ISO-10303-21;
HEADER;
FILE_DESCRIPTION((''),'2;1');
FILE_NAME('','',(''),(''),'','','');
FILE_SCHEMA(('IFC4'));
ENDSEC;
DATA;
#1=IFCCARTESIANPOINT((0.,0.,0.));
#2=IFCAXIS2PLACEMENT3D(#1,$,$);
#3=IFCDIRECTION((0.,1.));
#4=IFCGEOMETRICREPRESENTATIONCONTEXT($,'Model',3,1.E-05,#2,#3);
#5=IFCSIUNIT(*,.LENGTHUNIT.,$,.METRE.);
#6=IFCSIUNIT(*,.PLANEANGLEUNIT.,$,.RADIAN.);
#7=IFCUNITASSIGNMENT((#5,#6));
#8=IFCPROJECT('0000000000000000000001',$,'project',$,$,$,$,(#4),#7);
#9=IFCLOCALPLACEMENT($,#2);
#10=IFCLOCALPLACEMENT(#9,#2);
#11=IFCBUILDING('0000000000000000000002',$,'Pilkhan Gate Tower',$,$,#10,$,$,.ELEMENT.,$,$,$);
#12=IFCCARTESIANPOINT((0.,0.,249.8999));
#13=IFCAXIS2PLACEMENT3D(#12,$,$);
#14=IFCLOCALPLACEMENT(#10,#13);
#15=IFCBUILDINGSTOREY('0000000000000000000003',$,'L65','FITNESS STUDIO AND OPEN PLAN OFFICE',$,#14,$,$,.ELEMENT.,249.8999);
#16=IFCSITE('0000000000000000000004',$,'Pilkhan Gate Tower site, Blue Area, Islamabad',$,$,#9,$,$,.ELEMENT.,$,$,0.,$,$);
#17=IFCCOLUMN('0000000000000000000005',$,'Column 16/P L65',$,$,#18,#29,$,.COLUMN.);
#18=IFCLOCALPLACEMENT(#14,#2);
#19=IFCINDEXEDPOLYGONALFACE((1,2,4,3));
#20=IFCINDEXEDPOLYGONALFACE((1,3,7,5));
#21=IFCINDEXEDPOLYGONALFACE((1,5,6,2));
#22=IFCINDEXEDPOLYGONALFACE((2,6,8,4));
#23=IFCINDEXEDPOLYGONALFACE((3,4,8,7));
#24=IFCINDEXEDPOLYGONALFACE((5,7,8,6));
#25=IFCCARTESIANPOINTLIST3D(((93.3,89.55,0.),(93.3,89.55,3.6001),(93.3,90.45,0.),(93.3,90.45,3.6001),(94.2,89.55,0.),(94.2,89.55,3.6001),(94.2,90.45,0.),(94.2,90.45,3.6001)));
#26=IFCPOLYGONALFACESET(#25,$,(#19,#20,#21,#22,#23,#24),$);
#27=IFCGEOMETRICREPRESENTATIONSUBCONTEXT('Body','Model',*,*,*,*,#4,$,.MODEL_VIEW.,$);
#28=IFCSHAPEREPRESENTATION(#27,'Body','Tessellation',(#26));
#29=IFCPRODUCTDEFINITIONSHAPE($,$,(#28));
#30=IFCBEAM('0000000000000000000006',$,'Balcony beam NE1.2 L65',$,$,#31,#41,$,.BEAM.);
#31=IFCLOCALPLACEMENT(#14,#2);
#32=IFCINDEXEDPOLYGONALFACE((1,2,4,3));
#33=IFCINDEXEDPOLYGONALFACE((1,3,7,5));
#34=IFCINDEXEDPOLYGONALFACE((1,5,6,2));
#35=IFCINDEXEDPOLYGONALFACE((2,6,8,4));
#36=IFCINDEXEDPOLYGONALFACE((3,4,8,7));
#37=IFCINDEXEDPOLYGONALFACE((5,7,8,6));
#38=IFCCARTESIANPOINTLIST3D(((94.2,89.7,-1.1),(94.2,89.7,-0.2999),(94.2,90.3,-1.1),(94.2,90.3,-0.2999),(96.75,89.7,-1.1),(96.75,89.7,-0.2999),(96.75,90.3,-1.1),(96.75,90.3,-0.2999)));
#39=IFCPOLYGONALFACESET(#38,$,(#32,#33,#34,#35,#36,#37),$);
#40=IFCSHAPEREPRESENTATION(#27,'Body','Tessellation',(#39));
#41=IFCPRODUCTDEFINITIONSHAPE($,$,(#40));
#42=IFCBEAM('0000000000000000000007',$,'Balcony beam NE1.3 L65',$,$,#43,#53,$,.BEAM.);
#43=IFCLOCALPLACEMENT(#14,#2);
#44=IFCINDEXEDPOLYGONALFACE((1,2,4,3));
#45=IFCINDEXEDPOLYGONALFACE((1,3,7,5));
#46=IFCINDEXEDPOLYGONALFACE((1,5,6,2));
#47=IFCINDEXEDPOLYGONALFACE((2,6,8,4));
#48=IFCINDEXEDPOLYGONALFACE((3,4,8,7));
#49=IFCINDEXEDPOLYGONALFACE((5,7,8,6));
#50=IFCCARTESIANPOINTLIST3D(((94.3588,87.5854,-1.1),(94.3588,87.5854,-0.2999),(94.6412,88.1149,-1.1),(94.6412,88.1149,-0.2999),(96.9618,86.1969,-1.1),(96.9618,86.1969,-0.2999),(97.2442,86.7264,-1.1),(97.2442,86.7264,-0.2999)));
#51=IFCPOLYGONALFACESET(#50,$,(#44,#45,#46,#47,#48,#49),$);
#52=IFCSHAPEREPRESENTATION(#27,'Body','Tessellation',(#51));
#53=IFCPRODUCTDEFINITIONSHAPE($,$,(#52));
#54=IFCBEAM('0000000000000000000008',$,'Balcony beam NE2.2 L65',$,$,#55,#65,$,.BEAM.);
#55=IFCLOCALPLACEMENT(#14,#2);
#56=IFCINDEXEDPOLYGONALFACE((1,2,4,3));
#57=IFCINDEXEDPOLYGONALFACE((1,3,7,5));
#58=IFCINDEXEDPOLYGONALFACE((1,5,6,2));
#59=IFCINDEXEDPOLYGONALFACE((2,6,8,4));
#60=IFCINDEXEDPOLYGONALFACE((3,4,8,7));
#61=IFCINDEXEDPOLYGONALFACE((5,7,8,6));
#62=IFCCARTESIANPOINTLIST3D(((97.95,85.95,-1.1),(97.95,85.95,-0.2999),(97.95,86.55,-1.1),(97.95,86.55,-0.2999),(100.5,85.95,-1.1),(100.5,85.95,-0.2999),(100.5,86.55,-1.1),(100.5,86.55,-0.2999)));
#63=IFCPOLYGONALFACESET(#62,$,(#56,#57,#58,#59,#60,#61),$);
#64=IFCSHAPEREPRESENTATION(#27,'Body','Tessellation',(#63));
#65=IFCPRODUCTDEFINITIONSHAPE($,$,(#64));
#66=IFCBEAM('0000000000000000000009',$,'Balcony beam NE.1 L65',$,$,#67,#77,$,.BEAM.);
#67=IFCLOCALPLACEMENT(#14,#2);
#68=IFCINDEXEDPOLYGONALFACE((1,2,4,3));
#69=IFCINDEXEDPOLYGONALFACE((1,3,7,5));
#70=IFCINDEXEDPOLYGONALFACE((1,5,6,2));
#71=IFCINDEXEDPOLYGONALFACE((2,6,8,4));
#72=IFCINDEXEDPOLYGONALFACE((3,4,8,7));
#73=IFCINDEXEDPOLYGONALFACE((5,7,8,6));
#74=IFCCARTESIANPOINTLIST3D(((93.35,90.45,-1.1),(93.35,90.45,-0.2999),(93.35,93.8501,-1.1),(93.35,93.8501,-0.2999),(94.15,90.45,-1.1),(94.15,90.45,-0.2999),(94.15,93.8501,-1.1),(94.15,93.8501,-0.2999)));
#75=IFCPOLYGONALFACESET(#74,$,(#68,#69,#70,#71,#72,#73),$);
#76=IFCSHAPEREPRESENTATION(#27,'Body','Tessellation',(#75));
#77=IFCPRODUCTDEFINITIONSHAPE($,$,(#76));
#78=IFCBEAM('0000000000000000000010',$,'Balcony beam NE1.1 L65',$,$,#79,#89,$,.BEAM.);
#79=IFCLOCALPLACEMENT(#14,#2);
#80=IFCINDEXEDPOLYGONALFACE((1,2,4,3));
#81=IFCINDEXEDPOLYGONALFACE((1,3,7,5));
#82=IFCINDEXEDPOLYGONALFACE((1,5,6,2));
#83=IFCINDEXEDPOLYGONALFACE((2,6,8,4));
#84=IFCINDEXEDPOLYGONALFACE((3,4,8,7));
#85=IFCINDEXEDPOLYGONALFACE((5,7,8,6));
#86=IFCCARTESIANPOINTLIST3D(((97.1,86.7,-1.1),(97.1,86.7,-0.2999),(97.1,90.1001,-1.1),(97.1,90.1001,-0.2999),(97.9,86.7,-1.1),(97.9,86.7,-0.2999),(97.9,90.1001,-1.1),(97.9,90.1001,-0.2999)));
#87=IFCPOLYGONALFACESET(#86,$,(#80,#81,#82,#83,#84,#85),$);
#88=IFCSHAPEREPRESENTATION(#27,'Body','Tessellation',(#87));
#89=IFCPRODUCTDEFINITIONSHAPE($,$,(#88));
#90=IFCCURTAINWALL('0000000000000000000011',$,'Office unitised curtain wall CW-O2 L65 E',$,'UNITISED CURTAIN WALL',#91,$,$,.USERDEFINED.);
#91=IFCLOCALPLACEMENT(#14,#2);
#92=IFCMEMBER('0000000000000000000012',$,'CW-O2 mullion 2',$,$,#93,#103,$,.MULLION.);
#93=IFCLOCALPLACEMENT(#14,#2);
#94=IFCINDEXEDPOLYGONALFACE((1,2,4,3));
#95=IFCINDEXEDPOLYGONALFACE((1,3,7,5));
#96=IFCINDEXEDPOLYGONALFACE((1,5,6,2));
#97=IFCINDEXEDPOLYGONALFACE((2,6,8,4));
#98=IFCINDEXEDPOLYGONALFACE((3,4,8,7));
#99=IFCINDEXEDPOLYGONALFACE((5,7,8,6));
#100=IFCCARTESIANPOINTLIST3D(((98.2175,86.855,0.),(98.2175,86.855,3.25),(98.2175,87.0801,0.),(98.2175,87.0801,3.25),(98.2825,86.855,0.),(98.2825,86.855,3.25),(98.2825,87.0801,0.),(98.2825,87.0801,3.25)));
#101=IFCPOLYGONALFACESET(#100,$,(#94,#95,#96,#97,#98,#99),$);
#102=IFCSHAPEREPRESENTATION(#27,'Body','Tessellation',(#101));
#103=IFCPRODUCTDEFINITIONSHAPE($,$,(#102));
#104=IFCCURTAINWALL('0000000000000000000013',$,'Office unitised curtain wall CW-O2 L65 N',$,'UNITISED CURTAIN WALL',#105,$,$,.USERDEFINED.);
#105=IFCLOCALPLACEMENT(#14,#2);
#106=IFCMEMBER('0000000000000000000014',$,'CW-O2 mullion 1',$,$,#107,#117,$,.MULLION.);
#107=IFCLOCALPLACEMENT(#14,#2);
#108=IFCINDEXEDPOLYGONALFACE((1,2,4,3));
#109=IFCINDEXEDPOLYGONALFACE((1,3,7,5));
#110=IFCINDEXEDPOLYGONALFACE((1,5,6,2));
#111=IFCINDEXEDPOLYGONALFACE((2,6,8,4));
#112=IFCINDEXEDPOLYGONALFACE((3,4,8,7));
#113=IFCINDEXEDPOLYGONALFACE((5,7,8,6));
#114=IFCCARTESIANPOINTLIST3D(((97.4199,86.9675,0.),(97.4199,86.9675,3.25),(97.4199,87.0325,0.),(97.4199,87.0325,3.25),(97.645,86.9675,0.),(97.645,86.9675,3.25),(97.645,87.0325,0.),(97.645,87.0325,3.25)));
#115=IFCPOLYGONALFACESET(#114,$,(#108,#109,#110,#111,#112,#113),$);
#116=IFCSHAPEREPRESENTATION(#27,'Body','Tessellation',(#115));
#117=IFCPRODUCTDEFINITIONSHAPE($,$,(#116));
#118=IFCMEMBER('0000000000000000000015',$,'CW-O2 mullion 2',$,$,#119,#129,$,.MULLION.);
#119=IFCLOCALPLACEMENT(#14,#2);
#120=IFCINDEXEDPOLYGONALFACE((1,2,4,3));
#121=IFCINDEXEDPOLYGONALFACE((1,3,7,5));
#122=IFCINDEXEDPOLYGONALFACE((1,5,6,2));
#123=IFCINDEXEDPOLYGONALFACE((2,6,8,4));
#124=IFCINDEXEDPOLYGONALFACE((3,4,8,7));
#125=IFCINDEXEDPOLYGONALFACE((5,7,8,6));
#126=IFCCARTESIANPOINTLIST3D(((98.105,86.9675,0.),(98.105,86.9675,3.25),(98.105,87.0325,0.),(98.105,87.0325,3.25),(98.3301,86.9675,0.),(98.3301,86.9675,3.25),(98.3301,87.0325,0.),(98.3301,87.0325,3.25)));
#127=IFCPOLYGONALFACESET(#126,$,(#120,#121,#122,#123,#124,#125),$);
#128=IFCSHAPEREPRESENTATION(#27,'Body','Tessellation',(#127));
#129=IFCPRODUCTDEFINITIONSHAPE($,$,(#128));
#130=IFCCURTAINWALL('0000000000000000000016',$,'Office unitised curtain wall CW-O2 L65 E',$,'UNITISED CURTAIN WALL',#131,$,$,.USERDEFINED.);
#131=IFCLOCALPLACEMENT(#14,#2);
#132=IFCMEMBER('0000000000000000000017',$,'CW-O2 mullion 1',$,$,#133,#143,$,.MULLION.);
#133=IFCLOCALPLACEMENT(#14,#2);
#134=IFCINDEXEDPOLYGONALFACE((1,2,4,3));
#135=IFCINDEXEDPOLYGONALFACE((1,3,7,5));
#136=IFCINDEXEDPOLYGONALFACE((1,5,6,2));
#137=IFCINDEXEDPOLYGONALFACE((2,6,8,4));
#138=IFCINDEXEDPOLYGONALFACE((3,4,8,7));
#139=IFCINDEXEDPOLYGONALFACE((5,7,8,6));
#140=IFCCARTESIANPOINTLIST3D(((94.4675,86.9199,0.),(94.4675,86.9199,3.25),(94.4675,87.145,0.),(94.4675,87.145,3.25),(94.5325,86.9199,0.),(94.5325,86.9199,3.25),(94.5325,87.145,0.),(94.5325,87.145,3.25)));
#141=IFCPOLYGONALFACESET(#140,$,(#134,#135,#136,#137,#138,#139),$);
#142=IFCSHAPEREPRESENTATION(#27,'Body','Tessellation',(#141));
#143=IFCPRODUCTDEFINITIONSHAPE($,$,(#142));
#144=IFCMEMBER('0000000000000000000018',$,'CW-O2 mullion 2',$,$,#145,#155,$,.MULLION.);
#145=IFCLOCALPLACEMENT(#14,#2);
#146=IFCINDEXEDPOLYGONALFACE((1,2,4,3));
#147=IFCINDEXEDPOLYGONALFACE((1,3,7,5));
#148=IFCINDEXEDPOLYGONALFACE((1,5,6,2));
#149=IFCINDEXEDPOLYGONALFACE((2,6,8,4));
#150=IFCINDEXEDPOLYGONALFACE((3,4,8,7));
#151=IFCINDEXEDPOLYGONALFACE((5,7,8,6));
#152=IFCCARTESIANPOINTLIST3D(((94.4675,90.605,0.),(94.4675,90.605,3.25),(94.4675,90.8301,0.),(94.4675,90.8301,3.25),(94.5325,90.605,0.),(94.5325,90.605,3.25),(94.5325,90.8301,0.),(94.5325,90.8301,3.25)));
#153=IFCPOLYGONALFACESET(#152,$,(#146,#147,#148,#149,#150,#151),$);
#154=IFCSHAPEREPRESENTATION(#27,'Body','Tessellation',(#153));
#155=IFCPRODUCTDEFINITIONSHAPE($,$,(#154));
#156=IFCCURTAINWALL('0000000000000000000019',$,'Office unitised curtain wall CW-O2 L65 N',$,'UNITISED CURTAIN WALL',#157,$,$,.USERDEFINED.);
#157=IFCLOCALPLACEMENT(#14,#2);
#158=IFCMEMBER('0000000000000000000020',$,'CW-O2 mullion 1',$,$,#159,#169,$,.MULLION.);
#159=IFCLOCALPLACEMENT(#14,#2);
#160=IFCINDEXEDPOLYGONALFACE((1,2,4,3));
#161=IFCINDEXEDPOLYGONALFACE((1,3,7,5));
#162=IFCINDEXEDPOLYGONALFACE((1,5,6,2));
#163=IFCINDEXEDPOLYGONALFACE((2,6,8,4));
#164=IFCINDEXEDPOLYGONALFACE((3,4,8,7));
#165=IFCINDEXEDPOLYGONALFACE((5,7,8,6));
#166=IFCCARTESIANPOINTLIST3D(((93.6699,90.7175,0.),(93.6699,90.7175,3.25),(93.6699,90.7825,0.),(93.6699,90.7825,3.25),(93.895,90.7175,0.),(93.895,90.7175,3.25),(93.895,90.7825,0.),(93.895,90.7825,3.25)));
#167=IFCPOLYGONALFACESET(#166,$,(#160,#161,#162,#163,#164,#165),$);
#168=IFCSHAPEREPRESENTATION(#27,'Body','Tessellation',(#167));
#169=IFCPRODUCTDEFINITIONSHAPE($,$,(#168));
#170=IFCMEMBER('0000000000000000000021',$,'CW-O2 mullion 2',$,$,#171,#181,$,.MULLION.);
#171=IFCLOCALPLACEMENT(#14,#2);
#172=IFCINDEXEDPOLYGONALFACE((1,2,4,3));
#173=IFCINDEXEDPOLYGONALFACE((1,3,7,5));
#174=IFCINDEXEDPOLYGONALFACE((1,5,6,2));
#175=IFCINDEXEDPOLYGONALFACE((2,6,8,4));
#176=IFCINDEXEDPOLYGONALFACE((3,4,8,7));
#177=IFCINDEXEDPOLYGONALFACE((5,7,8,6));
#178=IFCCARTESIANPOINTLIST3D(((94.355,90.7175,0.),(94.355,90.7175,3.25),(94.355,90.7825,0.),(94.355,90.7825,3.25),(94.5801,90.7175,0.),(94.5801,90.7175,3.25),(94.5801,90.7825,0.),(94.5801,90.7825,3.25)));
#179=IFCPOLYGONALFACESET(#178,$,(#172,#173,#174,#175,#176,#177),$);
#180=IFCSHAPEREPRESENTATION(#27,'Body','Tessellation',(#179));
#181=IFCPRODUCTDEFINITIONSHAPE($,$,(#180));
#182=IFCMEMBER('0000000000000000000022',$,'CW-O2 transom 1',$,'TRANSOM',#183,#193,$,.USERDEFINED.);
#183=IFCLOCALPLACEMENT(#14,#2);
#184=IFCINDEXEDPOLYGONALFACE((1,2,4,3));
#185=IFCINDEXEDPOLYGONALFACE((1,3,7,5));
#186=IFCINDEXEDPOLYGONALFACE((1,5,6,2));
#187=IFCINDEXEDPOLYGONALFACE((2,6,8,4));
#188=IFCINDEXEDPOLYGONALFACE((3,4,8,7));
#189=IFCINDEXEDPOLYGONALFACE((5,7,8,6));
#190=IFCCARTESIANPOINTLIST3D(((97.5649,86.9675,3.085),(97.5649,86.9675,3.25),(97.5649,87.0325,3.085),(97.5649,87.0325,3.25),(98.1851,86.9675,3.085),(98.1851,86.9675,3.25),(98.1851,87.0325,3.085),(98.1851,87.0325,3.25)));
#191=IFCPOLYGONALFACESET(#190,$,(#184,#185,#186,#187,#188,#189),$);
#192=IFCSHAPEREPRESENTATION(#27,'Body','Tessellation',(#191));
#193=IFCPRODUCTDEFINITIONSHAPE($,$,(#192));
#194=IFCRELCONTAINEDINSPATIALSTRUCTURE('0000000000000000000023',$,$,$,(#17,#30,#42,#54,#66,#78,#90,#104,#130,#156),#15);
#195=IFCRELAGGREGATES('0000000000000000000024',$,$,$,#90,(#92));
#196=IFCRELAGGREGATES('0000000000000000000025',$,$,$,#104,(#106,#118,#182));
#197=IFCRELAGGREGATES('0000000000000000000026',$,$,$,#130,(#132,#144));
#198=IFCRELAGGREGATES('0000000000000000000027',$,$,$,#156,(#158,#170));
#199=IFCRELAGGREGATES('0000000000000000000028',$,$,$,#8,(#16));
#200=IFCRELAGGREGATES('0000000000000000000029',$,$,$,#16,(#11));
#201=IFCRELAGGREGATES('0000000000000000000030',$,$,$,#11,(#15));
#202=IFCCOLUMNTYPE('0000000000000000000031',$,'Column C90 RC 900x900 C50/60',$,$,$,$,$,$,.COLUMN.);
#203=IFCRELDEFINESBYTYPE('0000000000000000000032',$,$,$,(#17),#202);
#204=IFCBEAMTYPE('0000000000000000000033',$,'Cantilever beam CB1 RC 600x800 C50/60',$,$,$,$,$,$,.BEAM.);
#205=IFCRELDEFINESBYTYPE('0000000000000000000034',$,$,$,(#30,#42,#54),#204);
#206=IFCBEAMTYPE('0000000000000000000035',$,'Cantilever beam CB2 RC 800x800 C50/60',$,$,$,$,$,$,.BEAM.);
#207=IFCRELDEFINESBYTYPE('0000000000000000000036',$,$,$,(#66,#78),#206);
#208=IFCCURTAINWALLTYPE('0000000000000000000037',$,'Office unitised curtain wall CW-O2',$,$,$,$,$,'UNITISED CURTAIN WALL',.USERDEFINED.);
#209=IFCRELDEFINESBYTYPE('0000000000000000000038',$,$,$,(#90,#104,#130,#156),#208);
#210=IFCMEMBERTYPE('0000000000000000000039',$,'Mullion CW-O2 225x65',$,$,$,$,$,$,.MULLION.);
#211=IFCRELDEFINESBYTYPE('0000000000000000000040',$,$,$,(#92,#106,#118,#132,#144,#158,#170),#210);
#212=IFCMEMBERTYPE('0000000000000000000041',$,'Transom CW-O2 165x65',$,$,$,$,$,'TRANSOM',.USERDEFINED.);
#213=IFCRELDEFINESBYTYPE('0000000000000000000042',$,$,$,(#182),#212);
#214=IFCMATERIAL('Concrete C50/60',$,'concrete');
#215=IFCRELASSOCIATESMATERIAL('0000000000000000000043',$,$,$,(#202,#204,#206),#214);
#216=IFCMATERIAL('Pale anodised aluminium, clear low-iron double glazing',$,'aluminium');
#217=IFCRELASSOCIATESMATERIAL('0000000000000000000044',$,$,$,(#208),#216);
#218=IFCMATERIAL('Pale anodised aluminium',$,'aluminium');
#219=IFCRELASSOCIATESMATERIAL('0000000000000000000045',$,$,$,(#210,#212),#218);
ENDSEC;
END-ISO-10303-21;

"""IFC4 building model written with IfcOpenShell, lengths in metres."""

from ifc_helpers import new_model, si_unit, direction, frame, origin, origin_2d, place, context, subcontext, project, spatial, rectangle, extrude, material, material_profile, profile_set, type_object, element, aggregate, save


model = new_model("IFC4")

# Units and contexts
model_context = context("Model", 3, precision=1e-05, world=origin(), true_north=direction((0.0, 1.0)))
body_context = subcontext(model_context, "Body", "Model", "MODEL_VIEW")
ifc_project = project(units=[si_unit("LENGTHUNIT", "METRE"), si_unit("PLANEANGLEUNIT", "RADIAN")], contexts=[model_context])

# Site, building, storey
site_placement = place(None, origin())
site = spatial("IfcSite", under=ifc_project, at=site_placement, Name="Pilkhan Gate Tower site, Blue Area, Islamabad", CompositionType="ELEMENT", RefElevation=0.0)
building_placement = place(site_placement, origin())
building = spatial("IfcBuilding", under=site, at=building_placement, Name="Pilkhan Gate Tower", CompositionType="ELEMENT")
storey_placement = place(building_placement, frame((0.0, 0.0, 249.8999)))
storey = spatial("IfcBuildingStorey", under=building, at=storey_placement, Name="L65", Description="FITNESS STUDIO AND OPEN PLAN OFFICE", CompositionType="ELEMENT", Elevation=249.8999)

# Column
ifc_material_1 = material(Name="Concrete C50/60", Category="concrete")
ifc_material_profile_1 = material_profile(ifc_material_1, rectangle(XDim=0.8999, YDim=0.8999, at=origin_2d()), Name="RC 900x900")
ifc_profile_set_1 = profile_set([ifc_material_profile_1], Name="Concrete C50/60")
column_type = type_object("IfcColumnType", Name="Column C90 RC 900x900 C50/60", PredefinedType="COLUMN", material=ifc_profile_set_1)
column_placement = place(storey_placement, frame((93.75, 90.0, 0.0), z_axis=(0.0, 0.0, 1.0), x_axis=(1.0, 0.0, 0.0)))
element("IfcColumn", 1, at=column_placement, inside=storey, type_object=column_type, Name="Column 16/P L65", PredefinedType="COLUMN", context=body_context, shape_type="SweptSolid", body=[
    extrude(rectangle(XDim=0.8999, YDim=0.8999, at=origin_2d()), origin(), (0.0, 0.0, 1.0), 3.6001),
])

# Beams
ifc_material_profile_2 = material_profile(ifc_material_1, rectangle(XDim=0.6001, YDim=0.8, at=origin_2d()), Name="RC 600x800")
ifc_profile_set_2 = profile_set([ifc_material_profile_2], Name="Concrete C50/60")
beam_type_1 = type_object("IfcBeamType", Name="Cantilever beam CB1 RC 600x800 C50/60", PredefinedType="BEAM", material=ifc_profile_set_2)
beam_1_placement = place(storey_placement, frame((94.2, 90.0, -0.7), z_axis=(1.0, 0.0, 0.0), x_axis=(0.0, 1.0, 0.0)))
element("IfcBeam", 2, at=beam_1_placement, inside=storey, type_object=beam_type_1, Name="Balcony beam NE1.2 L65", PredefinedType="BEAM", context=body_context, shape_type="SweptSolid", body=[
    extrude(rectangle(XDim=0.6001, YDim=0.8, at=origin_2d()), origin(), (0.0, 0.0, 1.0), 2.55),
])
beam_2_placement = place(storey_placement, frame((97.103, 86.4617, -0.7), z_axis=(-0.882332, 0.470627, 0.0), x_axis=(-0.470627, -0.882332, 0.0)))
element("IfcBeam", 3, at=beam_2_placement, inside=storey, type_object=beam_type_1, Name="Balcony beam NE1.3 L65", PredefinedType="BEAM", context=body_context, shape_type="SweptSolid", body=[
    extrude(rectangle(XDim=0.6001, YDim=0.8, at=origin_2d()), origin(), (0.0, 0.0, 1.0), 2.9502),
])
beam_3_placement = place(storey_placement, frame((97.95, 86.25, -0.7), z_axis=(1.0, 0.0, 0.0), x_axis=(0.0, 1.0, 0.0)))
element("IfcBeam", 4, at=beam_3_placement, inside=storey, type_object=beam_type_1, Name="Balcony beam NE2.2 L65", PredefinedType="BEAM", context=body_context, shape_type="SweptSolid", body=[
    extrude(rectangle(XDim=0.6001, YDim=0.8, at=origin_2d()), origin(), (0.0, 0.0, 1.0), 2.55),
])
ifc_material_profile_3 = material_profile(ifc_material_1, rectangle(XDim=0.8, YDim=0.8, at=origin_2d()), Name="RC 800x800")
ifc_profile_set_3 = profile_set([ifc_material_profile_3], Name="Concrete C50/60")
beam_type_2 = type_object("IfcBeamType", Name="Cantilever beam CB2 RC 800x800 C50/60", PredefinedType="BEAM", material=ifc_profile_set_3)
for number, where, z_axis, x_axis, name in (
    (5, (93.75, 90.45, -0.7), (0.0, 1.0, 0.0), (-1.0, 0.0, 0.0), "Balcony beam NE.1 L65"),
    (6, (97.5, 86.7, -0.7), (0.0, 1.0, 0.0), (-1.0, 0.0, 0.0), "Balcony beam NE1.1 L65"),
):
    element("IfcBeam", number, at=place(storey_placement, frame(where, z_axis=z_axis, x_axis=x_axis)), inside=storey, type_object=beam_type_2, Name=name, PredefinedType="BEAM", context=body_context, shape_type="SweptSolid", body=[
        extrude(rectangle(XDim=0.8, YDim=0.8, at=origin_2d()), origin(), (0.0, 0.0, 1.0), 3.4001),
    ])

# Curtain wall, member
ifc_material_2 = material(Name="Pale anodised aluminium, clear low-iron double glazing", Category="aluminium")
curtain_wall_type = type_object("IfcCurtainWallType", Name="Office unitised curtain wall CW-O2", ElementType="UNITISED CURTAIN WALL", PredefinedType="USERDEFINED", material=ifc_material_2)
curtain_wall_1_placement = place(storey_placement, origin())
curtain_wall_1 = element("IfcCurtainWall", 7, at=curtain_wall_1_placement, inside=storey, type_object=curtain_wall_type, Name="Office unitised curtain wall CW-O2 L65 E", ObjectType="UNITISED CURTAIN WALL", PredefinedType="USERDEFINED")
ifc_material_3 = material(Name="Pale anodised aluminium", Category="aluminium")
ifc_material_profile_4 = material_profile(ifc_material_3, rectangle(XDim=0.0649, YDim=0.2251, at=origin_2d()), Name="Mullion 225x65")
ifc_profile_set_4 = profile_set([ifc_material_profile_4], Name="Pale anodised aluminium")
member_type_1 = type_object("IfcMemberType", Name="Mullion CW-O2 225x65", PredefinedType="MULLION", material=ifc_profile_set_4)
member_1_placement = place(storey_placement, frame((98.25, 86.9675, 0.0), z_axis=(0.0, 0.0, 1.0), x_axis=(-1.0, 0.0, 0.0)))
member_1 = element("IfcMember", 8, at=member_1_placement, type_object=member_type_1, Name="CW-O2 mullion 2", PredefinedType="MULLION", context=body_context, shape_type="SweptSolid", body=[
    extrude(rectangle(XDim=0.0649, YDim=0.2251, at=origin_2d()), origin(), (0.0, 0.0, 1.0), 3.25),
])
aggregate(curtain_wall_1, [member_1])

# Curtain walls, members
curtain_wall_2_placement = place(storey_placement, origin())
curtain_wall_2 = element("IfcCurtainWall", 9, at=curtain_wall_2_placement, inside=storey, type_object=curtain_wall_type, Name="Office unitised curtain wall CW-O2 L65 N", ObjectType="UNITISED CURTAIN WALL", PredefinedType="USERDEFINED")
member_2_placement = place(storey_placement, frame((97.5325, 87.0, 0.0), z_axis=(0.0, 0.0, 1.0), x_axis=(0.0, 1.0, 0.0)))
member_2 = element("IfcMember", 10, at=member_2_placement, type_object=member_type_1, Name="CW-O2 mullion 1", PredefinedType="MULLION", context=body_context, shape_type="SweptSolid", body=[
    extrude(rectangle(XDim=0.0649, YDim=0.2251, at=origin_2d()), origin(), (0.0, 0.0, 1.0), 3.25),
])
member_3_placement = place(storey_placement, frame((98.2175, 87.0, 0.0), z_axis=(0.0, 0.0, 1.0), x_axis=(0.0, 1.0, 0.0)))
member_3 = element("IfcMember", 11, at=member_3_placement, type_object=member_type_1, Name="CW-O2 mullion 2", PredefinedType="MULLION", context=body_context, shape_type="SweptSolid", body=[
    extrude(rectangle(XDim=0.0649, YDim=0.2251, at=origin_2d()), origin(), (0.0, 0.0, 1.0), 3.25),
])
curtain_wall_3_placement = place(storey_placement, origin())
curtain_wall_3 = element("IfcCurtainWall", 12, at=curtain_wall_3_placement, inside=storey, type_object=curtain_wall_type, Name="Office unitised curtain wall CW-O2 L65 E", ObjectType="UNITISED CURTAIN WALL", PredefinedType="USERDEFINED")
member_4_placement = place(storey_placement, frame((94.5, 87.0325, 0.0), z_axis=(0.0, 0.0, 1.0), x_axis=(-1.0, 0.0, 0.0)))
member_4 = element("IfcMember", 13, at=member_4_placement, type_object=member_type_1, Name="CW-O2 mullion 1", PredefinedType="MULLION", context=body_context, shape_type="SweptSolid", body=[
    extrude(rectangle(XDim=0.0649, YDim=0.2251, at=origin_2d()), origin(), (0.0, 0.0, 1.0), 3.25),
])
member_5_placement = place(storey_placement, frame((94.5, 90.7175, 0.0), z_axis=(0.0, 0.0, 1.0), x_axis=(-1.0, 0.0, 0.0)))
member_5 = element("IfcMember", 14, at=member_5_placement, type_object=member_type_1, Name="CW-O2 mullion 2", PredefinedType="MULLION", context=body_context, shape_type="SweptSolid", body=[
    extrude(rectangle(XDim=0.0649, YDim=0.2251, at=origin_2d()), origin(), (0.0, 0.0, 1.0), 3.25),
])
curtain_wall_4_placement = place(storey_placement, origin())
curtain_wall_4 = element("IfcCurtainWall", 15, at=curtain_wall_4_placement, inside=storey, type_object=curtain_wall_type, Name="Office unitised curtain wall CW-O2 L65 N", ObjectType="UNITISED CURTAIN WALL", PredefinedType="USERDEFINED")
member_6_placement = place(storey_placement, frame((93.7825, 90.75, 0.0), z_axis=(0.0, 0.0, 1.0), x_axis=(0.0, 1.0, 0.0)))
member_6 = element("IfcMember", 16, at=member_6_placement, type_object=member_type_1, Name="CW-O2 mullion 1", PredefinedType="MULLION", context=body_context, shape_type="SweptSolid", body=[
    extrude(rectangle(XDim=0.0649, YDim=0.2251, at=origin_2d()), origin(), (0.0, 0.0, 1.0), 3.25),
])
member_7_placement = place(storey_placement, frame((94.4675, 90.75, 0.0), z_axis=(0.0, 0.0, 1.0), x_axis=(0.0, 1.0, 0.0)))
member_7 = element("IfcMember", 17, at=member_7_placement, type_object=member_type_1, Name="CW-O2 mullion 2", PredefinedType="MULLION", context=body_context, shape_type="SweptSolid", body=[
    extrude(rectangle(XDim=0.0649, YDim=0.2251, at=origin_2d()), origin(), (0.0, 0.0, 1.0), 3.25),
])

# Member
ifc_material_profile_5 = material_profile(ifc_material_3, rectangle(XDim=0.0649, YDim=0.165, at=origin_2d()), Name="Transom 165x65")
ifc_profile_set_5 = profile_set([ifc_material_profile_5], Name="Pale anodised aluminium")
member_type_2 = type_object("IfcMemberType", Name="Transom CW-O2 165x65", ElementType="TRANSOM", PredefinedType="USERDEFINED", material=ifc_profile_set_5)
member_8_placement = place(storey_placement, frame((97.5649, 87.0, 3.1675), z_axis=(1.0, 0.0, 0.0), x_axis=(0.0, 1.0, 0.0)))
member_8 = element("IfcMember", 18, at=member_8_placement, type_object=member_type_2, Name="CW-O2 transom 1", ObjectType="TRANSOM", PredefinedType="USERDEFINED", context=body_context, shape_type="SweptSolid", body=[
    extrude(rectangle(XDim=0.0649, YDim=0.165, at=origin_2d()), origin(), (0.0, 0.0, 1.0), 0.6201),
])

aggregate(curtain_wall_2, [member_2, member_3, member_8])
aggregate(curtain_wall_3, [member_4, member_5])
aggregate(curtain_wall_4, [member_6, member_7])

save(model, "model.ifc")
